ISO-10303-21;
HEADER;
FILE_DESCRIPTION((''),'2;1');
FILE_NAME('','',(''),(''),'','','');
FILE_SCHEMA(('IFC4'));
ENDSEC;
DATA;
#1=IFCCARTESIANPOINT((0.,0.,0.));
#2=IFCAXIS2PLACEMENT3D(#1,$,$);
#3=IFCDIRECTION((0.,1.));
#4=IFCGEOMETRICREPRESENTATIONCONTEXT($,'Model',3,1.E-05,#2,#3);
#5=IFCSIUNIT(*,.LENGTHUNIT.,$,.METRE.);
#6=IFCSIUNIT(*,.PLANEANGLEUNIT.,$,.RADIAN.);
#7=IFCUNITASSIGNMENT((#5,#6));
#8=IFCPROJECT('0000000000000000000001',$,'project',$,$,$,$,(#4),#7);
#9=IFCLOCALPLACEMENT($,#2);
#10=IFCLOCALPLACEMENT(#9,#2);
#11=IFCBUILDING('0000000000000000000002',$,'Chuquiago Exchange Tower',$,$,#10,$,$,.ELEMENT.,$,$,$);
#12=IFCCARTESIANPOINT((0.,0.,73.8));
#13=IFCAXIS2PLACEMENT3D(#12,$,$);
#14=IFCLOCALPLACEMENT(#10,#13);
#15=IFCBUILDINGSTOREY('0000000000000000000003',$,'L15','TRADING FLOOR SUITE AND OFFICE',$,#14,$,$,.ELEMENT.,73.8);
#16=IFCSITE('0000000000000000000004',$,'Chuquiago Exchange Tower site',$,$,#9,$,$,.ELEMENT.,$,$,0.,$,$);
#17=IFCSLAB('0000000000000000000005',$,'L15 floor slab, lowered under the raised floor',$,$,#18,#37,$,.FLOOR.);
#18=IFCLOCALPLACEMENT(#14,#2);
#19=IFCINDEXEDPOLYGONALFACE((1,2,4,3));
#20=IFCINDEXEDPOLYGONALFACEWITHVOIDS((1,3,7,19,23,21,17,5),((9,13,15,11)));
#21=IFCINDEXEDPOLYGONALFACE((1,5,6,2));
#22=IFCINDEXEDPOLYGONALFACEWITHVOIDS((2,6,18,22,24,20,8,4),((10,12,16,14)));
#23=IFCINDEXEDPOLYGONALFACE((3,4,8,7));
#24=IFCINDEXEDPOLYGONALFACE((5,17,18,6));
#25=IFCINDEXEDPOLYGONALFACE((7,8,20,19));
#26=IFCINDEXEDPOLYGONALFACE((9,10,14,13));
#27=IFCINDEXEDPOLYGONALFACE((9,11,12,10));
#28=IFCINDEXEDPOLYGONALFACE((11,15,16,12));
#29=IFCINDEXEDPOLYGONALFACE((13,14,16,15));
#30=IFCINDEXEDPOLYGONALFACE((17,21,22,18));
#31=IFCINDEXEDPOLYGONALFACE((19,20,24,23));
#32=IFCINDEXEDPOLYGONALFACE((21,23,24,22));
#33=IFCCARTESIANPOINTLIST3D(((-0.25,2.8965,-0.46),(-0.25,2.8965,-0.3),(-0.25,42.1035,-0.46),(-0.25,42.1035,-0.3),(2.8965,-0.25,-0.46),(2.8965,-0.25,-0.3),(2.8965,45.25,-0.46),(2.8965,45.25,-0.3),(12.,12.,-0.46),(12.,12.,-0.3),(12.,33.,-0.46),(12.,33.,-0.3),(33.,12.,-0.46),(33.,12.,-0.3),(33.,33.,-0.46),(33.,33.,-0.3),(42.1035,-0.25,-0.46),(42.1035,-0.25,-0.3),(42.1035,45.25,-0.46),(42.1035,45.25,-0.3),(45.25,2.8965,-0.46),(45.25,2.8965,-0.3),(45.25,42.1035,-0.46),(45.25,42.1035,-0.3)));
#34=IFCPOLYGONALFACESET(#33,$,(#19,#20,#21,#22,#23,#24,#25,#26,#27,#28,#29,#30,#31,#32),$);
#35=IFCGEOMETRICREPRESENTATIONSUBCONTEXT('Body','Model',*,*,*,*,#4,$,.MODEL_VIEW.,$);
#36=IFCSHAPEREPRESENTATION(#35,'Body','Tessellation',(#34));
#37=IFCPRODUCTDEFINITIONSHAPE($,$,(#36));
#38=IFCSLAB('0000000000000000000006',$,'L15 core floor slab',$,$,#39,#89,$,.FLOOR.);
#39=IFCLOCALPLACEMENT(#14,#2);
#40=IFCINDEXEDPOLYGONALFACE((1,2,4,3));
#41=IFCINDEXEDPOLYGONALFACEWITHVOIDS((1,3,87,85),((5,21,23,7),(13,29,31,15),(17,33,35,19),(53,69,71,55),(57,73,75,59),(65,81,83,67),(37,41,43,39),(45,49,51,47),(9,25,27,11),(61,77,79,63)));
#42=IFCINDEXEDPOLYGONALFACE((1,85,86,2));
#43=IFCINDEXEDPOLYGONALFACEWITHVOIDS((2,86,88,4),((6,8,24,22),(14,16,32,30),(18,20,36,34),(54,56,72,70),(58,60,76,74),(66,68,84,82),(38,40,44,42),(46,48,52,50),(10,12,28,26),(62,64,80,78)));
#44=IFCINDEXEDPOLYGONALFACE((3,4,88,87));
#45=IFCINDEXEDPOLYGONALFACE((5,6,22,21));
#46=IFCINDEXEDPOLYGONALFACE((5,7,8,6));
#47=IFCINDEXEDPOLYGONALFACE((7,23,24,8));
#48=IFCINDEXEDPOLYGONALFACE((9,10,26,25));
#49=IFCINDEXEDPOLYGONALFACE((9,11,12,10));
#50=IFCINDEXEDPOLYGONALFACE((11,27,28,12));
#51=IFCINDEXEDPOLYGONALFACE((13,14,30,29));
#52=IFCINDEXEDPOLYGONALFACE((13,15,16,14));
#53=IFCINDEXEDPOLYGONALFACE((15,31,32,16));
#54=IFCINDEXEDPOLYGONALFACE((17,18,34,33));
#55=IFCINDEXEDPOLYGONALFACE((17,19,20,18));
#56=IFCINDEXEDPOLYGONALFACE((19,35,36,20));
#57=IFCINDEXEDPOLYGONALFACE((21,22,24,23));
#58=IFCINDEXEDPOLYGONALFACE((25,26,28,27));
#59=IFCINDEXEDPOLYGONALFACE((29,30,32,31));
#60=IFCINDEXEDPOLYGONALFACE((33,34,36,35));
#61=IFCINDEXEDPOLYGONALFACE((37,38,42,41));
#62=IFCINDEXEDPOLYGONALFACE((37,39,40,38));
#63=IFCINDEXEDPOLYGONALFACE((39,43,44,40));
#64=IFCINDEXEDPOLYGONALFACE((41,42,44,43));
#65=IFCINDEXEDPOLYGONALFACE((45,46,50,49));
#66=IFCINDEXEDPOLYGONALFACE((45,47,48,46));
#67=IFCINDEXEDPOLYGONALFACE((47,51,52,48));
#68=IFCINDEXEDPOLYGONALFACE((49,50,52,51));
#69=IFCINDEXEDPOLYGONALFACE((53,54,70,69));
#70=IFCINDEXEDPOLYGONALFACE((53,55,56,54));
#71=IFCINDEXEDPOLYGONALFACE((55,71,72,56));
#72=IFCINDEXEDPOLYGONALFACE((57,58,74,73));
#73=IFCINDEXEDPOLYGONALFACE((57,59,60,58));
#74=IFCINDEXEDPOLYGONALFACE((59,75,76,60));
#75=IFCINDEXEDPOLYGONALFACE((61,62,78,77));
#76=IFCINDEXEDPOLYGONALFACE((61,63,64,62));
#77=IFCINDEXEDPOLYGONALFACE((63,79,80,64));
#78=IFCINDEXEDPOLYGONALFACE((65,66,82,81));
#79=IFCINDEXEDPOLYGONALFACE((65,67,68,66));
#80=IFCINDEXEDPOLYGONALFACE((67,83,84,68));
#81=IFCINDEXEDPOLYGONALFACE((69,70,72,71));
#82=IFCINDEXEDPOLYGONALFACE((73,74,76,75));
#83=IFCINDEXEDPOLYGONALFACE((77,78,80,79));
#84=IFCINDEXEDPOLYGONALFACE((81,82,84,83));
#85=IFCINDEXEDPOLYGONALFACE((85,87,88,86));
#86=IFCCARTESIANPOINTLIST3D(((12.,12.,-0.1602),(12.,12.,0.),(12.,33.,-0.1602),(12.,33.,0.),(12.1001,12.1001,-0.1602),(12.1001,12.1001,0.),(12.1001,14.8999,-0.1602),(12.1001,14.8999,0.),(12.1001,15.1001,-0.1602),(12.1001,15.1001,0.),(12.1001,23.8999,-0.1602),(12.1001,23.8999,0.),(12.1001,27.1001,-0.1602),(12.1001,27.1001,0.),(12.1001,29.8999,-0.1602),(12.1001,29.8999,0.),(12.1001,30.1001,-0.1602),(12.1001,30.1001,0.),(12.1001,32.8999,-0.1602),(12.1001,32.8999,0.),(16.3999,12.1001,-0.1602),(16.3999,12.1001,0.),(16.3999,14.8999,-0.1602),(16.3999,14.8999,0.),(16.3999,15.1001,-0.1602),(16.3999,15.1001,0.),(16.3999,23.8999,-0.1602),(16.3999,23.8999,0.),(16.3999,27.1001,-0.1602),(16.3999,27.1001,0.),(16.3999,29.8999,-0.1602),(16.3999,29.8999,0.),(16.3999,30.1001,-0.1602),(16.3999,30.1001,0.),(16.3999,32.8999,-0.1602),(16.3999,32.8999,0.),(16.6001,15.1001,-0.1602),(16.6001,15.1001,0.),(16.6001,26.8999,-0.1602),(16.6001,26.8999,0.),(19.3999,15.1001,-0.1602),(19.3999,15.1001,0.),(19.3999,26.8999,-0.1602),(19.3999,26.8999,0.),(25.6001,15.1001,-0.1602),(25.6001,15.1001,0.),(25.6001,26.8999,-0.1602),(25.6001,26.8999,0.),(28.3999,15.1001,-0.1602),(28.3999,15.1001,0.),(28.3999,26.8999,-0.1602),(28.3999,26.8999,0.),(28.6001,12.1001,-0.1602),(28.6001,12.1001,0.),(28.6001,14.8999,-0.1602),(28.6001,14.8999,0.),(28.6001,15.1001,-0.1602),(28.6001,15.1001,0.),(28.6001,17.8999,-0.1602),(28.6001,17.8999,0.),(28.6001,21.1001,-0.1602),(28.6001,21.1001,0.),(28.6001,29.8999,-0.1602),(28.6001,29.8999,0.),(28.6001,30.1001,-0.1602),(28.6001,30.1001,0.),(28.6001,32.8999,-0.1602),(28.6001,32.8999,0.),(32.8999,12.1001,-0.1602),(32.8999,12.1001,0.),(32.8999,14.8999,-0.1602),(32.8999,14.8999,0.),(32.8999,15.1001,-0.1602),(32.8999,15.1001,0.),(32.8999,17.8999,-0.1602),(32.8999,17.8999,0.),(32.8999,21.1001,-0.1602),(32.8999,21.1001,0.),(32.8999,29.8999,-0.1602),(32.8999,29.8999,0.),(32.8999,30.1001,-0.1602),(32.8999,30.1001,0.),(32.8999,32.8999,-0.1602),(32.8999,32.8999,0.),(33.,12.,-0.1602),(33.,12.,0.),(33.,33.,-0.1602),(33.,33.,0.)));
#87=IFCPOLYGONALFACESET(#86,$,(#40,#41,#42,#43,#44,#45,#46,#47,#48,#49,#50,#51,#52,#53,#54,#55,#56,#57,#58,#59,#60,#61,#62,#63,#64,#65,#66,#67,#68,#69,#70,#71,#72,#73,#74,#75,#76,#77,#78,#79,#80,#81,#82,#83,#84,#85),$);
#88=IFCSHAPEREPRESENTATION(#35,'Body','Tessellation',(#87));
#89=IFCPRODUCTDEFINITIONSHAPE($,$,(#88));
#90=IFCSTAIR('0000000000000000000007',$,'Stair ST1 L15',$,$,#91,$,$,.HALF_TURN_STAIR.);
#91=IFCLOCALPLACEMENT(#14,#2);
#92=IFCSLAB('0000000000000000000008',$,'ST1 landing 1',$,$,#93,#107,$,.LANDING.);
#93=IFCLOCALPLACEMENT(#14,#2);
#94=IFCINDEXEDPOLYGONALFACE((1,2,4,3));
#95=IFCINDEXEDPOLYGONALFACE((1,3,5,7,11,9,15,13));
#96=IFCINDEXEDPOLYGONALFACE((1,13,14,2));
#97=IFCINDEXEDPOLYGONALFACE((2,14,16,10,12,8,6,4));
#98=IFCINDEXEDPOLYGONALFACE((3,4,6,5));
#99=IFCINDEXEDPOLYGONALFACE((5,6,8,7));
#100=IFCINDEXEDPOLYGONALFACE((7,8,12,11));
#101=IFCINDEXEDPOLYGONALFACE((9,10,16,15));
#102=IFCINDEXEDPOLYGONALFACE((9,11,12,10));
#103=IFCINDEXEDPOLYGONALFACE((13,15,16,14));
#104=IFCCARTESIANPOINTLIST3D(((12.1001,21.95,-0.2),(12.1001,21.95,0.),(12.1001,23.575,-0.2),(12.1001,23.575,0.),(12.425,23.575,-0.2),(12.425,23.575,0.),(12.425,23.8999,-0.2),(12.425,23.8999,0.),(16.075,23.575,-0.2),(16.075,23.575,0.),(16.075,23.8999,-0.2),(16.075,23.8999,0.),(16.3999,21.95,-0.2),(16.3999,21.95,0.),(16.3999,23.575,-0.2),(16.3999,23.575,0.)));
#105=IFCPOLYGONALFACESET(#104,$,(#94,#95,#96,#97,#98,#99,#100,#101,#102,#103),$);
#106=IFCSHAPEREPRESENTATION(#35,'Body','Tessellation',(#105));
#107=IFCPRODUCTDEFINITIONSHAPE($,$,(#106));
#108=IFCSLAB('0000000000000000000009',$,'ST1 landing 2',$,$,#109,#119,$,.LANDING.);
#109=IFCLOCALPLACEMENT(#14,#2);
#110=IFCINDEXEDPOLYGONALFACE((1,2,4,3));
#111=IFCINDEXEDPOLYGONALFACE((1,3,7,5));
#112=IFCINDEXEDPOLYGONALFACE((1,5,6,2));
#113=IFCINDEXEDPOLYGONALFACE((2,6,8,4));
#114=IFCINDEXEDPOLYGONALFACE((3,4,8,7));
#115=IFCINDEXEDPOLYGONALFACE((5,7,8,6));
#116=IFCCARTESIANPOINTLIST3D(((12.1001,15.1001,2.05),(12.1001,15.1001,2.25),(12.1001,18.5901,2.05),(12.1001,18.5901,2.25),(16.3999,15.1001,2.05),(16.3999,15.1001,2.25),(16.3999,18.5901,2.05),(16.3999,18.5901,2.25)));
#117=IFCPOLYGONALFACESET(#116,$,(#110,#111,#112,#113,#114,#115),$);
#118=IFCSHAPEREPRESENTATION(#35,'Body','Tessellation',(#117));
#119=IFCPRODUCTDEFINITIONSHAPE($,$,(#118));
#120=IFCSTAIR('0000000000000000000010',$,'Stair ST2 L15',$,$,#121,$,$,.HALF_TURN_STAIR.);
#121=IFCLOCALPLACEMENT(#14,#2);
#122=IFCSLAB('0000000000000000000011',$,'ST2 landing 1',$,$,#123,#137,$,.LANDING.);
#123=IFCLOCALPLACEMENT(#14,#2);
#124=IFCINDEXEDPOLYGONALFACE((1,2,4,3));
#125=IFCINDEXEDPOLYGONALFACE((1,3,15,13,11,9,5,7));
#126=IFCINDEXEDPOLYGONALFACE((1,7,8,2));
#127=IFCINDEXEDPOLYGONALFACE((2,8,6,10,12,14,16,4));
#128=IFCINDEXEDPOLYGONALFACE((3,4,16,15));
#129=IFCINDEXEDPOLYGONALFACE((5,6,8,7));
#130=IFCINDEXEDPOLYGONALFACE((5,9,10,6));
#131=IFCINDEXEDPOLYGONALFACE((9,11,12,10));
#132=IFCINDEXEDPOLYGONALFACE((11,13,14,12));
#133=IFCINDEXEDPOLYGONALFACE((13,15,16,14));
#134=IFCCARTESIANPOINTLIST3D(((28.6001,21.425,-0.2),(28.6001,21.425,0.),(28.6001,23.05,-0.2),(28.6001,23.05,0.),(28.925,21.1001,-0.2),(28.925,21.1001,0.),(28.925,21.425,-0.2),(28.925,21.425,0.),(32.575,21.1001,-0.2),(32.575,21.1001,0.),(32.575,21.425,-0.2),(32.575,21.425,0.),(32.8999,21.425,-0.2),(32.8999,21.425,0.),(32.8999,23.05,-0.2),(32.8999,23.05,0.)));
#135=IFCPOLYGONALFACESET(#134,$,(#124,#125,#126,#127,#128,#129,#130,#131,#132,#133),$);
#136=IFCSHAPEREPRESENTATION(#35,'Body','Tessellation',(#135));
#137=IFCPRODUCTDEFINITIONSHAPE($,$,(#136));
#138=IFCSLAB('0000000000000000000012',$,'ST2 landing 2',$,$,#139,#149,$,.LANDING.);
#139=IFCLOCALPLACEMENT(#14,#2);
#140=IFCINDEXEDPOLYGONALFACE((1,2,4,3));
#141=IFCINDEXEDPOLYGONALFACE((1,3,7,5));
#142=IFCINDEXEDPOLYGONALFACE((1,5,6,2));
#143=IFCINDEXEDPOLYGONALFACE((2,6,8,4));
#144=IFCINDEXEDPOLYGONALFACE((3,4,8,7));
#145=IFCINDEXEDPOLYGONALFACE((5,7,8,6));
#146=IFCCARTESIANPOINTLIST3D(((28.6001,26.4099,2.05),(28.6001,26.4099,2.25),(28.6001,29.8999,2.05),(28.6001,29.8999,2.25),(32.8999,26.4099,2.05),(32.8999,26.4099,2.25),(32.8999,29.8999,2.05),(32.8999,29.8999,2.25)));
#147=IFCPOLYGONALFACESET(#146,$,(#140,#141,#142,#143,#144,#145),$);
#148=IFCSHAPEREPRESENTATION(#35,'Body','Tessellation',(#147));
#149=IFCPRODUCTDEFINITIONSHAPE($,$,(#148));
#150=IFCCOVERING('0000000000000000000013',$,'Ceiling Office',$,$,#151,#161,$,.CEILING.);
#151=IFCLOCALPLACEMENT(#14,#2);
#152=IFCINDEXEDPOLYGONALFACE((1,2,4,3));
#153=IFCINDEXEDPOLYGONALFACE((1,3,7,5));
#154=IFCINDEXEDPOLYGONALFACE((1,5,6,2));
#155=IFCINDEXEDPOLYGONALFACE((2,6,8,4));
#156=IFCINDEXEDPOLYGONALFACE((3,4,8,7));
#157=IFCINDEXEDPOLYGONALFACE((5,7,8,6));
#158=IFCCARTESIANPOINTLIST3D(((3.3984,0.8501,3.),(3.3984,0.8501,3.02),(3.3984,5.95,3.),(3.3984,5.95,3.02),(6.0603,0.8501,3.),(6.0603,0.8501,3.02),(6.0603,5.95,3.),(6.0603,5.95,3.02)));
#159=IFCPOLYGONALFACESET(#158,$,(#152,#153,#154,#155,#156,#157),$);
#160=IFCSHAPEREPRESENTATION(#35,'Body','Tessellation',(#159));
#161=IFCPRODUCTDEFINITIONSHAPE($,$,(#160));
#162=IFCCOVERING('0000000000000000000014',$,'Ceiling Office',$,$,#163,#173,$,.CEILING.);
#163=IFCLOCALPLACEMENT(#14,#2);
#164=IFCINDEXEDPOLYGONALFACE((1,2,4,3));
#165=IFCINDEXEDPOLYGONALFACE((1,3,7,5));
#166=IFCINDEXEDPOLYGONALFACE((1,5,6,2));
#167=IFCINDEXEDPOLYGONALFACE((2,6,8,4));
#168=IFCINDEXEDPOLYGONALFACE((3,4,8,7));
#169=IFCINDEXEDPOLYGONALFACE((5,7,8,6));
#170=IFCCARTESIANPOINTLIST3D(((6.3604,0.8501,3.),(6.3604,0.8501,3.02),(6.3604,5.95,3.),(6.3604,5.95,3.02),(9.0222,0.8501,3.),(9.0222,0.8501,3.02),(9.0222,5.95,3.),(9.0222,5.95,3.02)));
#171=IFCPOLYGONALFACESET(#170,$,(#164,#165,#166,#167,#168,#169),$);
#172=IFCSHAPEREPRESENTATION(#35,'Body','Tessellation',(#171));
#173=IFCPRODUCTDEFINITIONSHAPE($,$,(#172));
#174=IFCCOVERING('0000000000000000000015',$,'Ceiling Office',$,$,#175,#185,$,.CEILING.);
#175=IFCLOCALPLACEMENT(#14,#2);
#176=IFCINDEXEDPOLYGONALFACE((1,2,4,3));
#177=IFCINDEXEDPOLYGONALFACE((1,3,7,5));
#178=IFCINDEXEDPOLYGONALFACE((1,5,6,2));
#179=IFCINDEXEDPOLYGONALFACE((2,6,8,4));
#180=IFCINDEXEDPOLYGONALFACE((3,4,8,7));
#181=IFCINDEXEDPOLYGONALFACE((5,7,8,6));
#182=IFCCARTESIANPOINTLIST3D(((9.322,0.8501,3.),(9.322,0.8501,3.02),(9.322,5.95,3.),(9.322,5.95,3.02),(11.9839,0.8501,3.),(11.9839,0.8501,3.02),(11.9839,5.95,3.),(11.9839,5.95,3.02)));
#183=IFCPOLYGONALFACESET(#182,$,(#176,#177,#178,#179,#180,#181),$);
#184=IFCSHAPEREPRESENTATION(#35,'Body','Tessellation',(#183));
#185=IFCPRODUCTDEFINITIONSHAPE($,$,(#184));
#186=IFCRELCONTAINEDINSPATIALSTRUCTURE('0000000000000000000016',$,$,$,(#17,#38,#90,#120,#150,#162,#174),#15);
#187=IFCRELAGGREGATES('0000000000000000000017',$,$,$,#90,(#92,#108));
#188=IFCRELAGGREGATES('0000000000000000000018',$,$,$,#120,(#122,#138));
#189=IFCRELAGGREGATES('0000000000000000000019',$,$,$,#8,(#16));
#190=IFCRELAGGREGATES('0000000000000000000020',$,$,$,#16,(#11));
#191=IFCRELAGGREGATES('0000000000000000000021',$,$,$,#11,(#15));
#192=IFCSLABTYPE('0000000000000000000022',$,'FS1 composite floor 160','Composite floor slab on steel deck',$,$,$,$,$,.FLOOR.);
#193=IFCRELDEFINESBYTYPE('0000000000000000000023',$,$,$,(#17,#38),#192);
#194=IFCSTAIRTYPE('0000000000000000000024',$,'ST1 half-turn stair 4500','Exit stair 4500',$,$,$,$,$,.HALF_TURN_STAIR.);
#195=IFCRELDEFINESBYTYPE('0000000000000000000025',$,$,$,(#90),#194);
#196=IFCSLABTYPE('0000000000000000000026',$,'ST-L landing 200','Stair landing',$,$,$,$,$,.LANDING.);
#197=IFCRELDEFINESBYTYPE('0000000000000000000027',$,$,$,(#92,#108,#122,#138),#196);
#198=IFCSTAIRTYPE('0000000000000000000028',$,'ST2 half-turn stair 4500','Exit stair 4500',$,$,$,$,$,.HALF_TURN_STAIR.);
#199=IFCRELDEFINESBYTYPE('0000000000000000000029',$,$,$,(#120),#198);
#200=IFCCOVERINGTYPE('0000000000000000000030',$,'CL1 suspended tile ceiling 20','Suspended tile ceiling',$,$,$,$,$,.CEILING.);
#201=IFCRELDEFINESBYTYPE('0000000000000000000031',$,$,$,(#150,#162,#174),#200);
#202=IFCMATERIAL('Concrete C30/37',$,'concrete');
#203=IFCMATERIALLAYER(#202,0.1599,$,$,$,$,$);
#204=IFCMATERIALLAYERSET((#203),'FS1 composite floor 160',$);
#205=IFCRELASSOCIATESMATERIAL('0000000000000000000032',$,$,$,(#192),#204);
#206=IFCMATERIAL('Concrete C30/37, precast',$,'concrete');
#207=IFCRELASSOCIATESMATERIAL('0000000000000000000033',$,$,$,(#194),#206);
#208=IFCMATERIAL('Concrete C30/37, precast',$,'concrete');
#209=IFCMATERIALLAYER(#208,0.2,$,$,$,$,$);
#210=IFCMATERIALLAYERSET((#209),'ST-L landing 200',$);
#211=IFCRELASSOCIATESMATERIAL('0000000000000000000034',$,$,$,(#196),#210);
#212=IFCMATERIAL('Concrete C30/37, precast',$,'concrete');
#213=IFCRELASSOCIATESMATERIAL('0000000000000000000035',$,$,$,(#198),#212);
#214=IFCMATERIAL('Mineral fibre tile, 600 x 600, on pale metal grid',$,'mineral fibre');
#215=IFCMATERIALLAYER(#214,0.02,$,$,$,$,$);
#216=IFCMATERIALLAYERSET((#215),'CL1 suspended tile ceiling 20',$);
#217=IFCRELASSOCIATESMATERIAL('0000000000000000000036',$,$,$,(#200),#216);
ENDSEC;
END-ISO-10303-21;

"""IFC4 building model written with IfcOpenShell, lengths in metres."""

from ifc_helpers import new_model, si_unit, direction, frame, origin, place, context, subcontext, project, spatial, polyline, outline, extrude, material, layer, layer_set, type_object, element, aggregate, save


model = new_model("IFC4")

# Units and contexts
model_context = context("Model", 3, precision=1e-05, world=origin(), true_north=direction((0.0, 1.0)))
body_context = subcontext(model_context, "Body", "Model", "MODEL_VIEW")
ifc_project = project(units=[si_unit("LENGTHUNIT", "METRE"), si_unit("PLANEANGLEUNIT", "RADIAN")], contexts=[model_context])

# Site, building, storey
site_placement = place(None, origin())
site = spatial("IfcSite", under=ifc_project, at=site_placement, Name="Chuquiago Exchange Tower site", CompositionType="ELEMENT", RefElevation=0.0)
building_placement = place(site_placement, origin())
building = spatial("IfcBuilding", under=site, at=building_placement, Name="Chuquiago Exchange Tower", CompositionType="ELEMENT")
storey_placement = place(building_placement, frame((0.0, 0.0, 73.8)))
storey = spatial("IfcBuildingStorey", under=building, at=storey_placement, Name="L15", Description="TRADING FLOOR SUITE AND OFFICE", CompositionType="ELEMENT", Elevation=73.8)

# Slabs
ifc_material_1 = material(Name="Concrete C30/37", Category="concrete")
ifc_layer_1 = layer(ifc_material_1, 0.1599)
ifc_layer_set_1 = layer_set([ifc_layer_1], Name="FS1 composite floor 160")
slab_type_1 = type_object("IfcSlabType", Name="FS1 composite floor 160", Description="Composite floor slab on steel deck", PredefinedType="FLOOR", material=ifc_layer_set_1)
slab_1_placement = place(storey_placement, frame((0.0, 0.0, -0.46)))
element("IfcSlab", 1, at=slab_1_placement, inside=storey, type_object=slab_type_1, Name="L15 floor slab, lowered under the raised floor", PredefinedType="FLOOR", context=body_context, shape_type="SweptSolid", body=[
    extrude(outline(polyline([(-0.25, 2.8965), (-0.25, 42.1035), (2.8965, 45.25), (42.1035, 45.25), (45.25, 42.1035), (45.25, 2.8965), (42.1035, -0.25), (2.8965, -0.25), (-0.25, 2.8965)]), holes=[polyline([(33.0, 33.0), (12.0, 33.0), (12.0, 12.0), (33.0, 12.0), (33.0, 33.0)])]), origin(), (0.0, 0.0, 1.0), 0.1599),
])
slab_2_placement = place(storey_placement, frame((0.0, 0.0, -0.1602)))
element("IfcSlab", 2, at=slab_2_placement, inside=storey, type_object=slab_type_1, Name="L15 core floor slab", PredefinedType="FLOOR", context=body_context, shape_type="SweptSolid", body=[
    extrude(outline(polyline([(33.0, 12.0), (33.0, 33.0), (12.0, 33.0), (12.0, 12.0), (33.0, 12.0)]), holes=[polyline([(16.3999, 15.1001), (12.1001, 15.1001), (12.1001, 23.8999), (16.3999, 23.8999), (16.3999, 15.1001)]), polyline([(32.8999, 21.1001), (28.6001, 21.1001), (28.6001, 29.8999), (32.8999, 29.8999), (32.8999, 21.1001)]), polyline([(16.3999, 12.1001), (12.1001, 12.1001), (12.1001, 14.8999), (16.3999, 14.8999), (16.3999, 12.1001)]), polyline([(16.3999, 30.1001), (12.1001, 30.1001), (12.1001, 32.8999), (16.3999, 32.8999), (16.3999, 30.1001)]), polyline([(32.8999, 12.1001), (28.6001, 12.1001), (28.6001, 14.8999), (32.8999, 14.8999), (32.8999, 12.1001)]), polyline([(32.8999, 30.1001), (28.6001, 30.1001), (28.6001, 32.8999), (32.8999, 32.8999), (32.8999, 30.1001)]), polyline([(16.3999, 27.1001), (12.1001, 27.1001), (12.1001, 29.8999), (16.3999, 29.8999), (16.3999, 27.1001)]), polyline([(32.8999, 15.1001), (28.6001, 15.1001), (28.6001, 17.8999), (32.8999, 17.8999), (32.8999, 15.1001)]), polyline([(19.3999, 15.1001), (16.6001, 15.1001), (16.6001, 26.8999), (19.3999, 26.8999), (19.3999, 15.1001)]), polyline([(28.3999, 15.1001), (25.6001, 15.1001), (25.6001, 26.8999), (28.3999, 26.8999), (28.3999, 15.1001)])]), origin(), (0.0, 0.0, 1.0), 0.1602),
])

# Stairs, slabs
ifc_material_2 = material(Name="Concrete C30/37, precast", Category="concrete")
stair_type_1 = type_object("IfcStairType", Name="ST1 half-turn stair 4500", Description="Exit stair 4500", PredefinedType="HALF_TURN_STAIR", material=ifc_material_2)
stair_1_placement = place(storey_placement, origin())
stair_1 = element("IfcStair", 3, at=stair_1_placement, inside=storey, type_object=stair_type_1, Name="Stair ST1 L15", PredefinedType="HALF_TURN_STAIR")
ifc_material_3 = material(Name="Concrete C30/37, precast", Category="concrete")
ifc_layer_2 = layer(ifc_material_3, 0.2)
ifc_layer_set_2 = layer_set([ifc_layer_2], Name="ST-L landing 200")
slab_type_2 = type_object("IfcSlabType", Name="ST-L landing 200", Description="Stair landing", PredefinedType="LANDING", material=ifc_layer_set_2)
slab_3_placement = place(storey_placement, frame((0.0, 0.0, -0.2)))
slab_3 = element("IfcSlab", 4, at=slab_3_placement, type_object=slab_type_2, Name="ST1 landing 1", PredefinedType="LANDING", context=body_context, shape_type="SweptSolid", body=[
    extrude(outline(polyline([(12.425, 23.8999), (16.075, 23.8999), (16.075, 23.575), (16.3999, 23.575), (16.3999, 21.95), (12.1001, 21.95), (12.1001, 23.575), (12.425, 23.575), (12.425, 23.8999)])), origin(), (0.0, 0.0, 1.0), 0.2),
])
slab_4_placement = place(storey_placement, frame((0.0, 0.0, 2.05)))
slab_4 = element("IfcSlab", 5, at=slab_4_placement, type_object=slab_type_2, Name="ST1 landing 2", PredefinedType="LANDING", context=body_context, shape_type="SweptSolid", body=[
    extrude(outline(polyline([(12.1001, 18.5901), (16.3999, 18.5901), (16.3999, 15.1001), (12.1001, 15.1001), (12.1001, 18.5901)])), origin(), (0.0, 0.0, 1.0), 0.2),
])
aggregate(stair_1, [slab_3, slab_4])
ifc_material_4 = material(Name="Concrete C30/37, precast", Category="concrete")
stair_type_2 = type_object("IfcStairType", Name="ST2 half-turn stair 4500", Description="Exit stair 4500", PredefinedType="HALF_TURN_STAIR", material=ifc_material_4)
stair_2_placement = place(storey_placement, origin())
stair_2 = element("IfcStair", 6, at=stair_2_placement, inside=storey, type_object=stair_type_2, Name="Stair ST2 L15", PredefinedType="HALF_TURN_STAIR")
slab_5_placement = place(storey_placement, frame((0.0, 0.0, -0.2)))
slab_5 = element("IfcSlab", 7, at=slab_5_placement, type_object=slab_type_2, Name="ST2 landing 1", PredefinedType="LANDING", context=body_context, shape_type="SweptSolid", body=[
    extrude(outline(polyline([(32.575, 21.425), (32.575, 21.1001), (28.925, 21.1001), (28.925, 21.425), (28.6001, 21.425), (28.6001, 23.05), (32.8999, 23.05), (32.8999, 21.425), (32.575, 21.425)])), origin(), (0.0, 0.0, 1.0), 0.2),
])
slab_6_placement = place(storey_placement, frame((0.0, 0.0, 2.05)))
slab_6 = element("IfcSlab", 8, at=slab_6_placement, type_object=slab_type_2, Name="ST2 landing 2", PredefinedType="LANDING", context=body_context, shape_type="SweptSolid", body=[
    extrude(outline(polyline([(28.6001, 29.8999), (32.8999, 29.8999), (32.8999, 26.4099), (28.6001, 26.4099), (28.6001, 29.8999)])), origin(), (0.0, 0.0, 1.0), 0.2),
])
aggregate(stair_2, [slab_5, slab_6])

# Coverings
ifc_material_5 = material(Name="Mineral fibre tile, 600 x 600, on pale metal grid", Category="mineral fibre")
ifc_layer_3 = layer(ifc_material_5, 0.02)
ifc_layer_set_3 = layer_set([ifc_layer_3], Name="CL1 suspended tile ceiling 20")
covering_type_1 = type_object("IfcCoveringType", Name="CL1 suspended tile ceiling 20", Description="Suspended tile ceiling", PredefinedType="CEILING", material=ifc_layer_set_3)
covering_1_placement = place(storey_placement, frame((0.0, 0.0, 3.0)))
element("IfcCovering", 9, at=covering_1_placement, inside=storey, type_object=covering_type_1, Name="Ceiling Office", PredefinedType="CEILING", context=body_context, shape_type="SweptSolid", body=[
    extrude(outline(polyline([(3.3984, 5.95), (6.0603, 5.95), (6.0603, 0.8501), (3.3984, 0.8501), (3.3984, 5.95)])), origin(), (0.0, 0.0, 1.0), 0.02),
])
covering_2_placement = place(storey_placement, frame((0.0, 0.0, 3.0)))
element("IfcCovering", 10, at=covering_2_placement, inside=storey, type_object=covering_type_1, Name="Ceiling Office", PredefinedType="CEILING", context=body_context, shape_type="SweptSolid", body=[
    extrude(outline(polyline([(6.3604, 5.95), (9.0222, 5.95), (9.0222, 0.8501), (6.3604, 0.8501), (6.3604, 5.95)])), origin(), (0.0, 0.0, 1.0), 0.02),
])
covering_3_placement = place(storey_placement, frame((0.0, 0.0, 3.0)))
element("IfcCovering", 11, at=covering_3_placement, inside=storey, type_object=covering_type_1, Name="Ceiling Office", PredefinedType="CEILING", context=body_context, shape_type="SweptSolid", body=[
    extrude(outline(polyline([(9.322, 5.95), (11.9839, 5.95), (11.9839, 0.8501), (9.322, 0.8501), (9.322, 5.95)])), origin(), (0.0, 0.0, 1.0), 0.02),
])

save(model, "model.ifc")
